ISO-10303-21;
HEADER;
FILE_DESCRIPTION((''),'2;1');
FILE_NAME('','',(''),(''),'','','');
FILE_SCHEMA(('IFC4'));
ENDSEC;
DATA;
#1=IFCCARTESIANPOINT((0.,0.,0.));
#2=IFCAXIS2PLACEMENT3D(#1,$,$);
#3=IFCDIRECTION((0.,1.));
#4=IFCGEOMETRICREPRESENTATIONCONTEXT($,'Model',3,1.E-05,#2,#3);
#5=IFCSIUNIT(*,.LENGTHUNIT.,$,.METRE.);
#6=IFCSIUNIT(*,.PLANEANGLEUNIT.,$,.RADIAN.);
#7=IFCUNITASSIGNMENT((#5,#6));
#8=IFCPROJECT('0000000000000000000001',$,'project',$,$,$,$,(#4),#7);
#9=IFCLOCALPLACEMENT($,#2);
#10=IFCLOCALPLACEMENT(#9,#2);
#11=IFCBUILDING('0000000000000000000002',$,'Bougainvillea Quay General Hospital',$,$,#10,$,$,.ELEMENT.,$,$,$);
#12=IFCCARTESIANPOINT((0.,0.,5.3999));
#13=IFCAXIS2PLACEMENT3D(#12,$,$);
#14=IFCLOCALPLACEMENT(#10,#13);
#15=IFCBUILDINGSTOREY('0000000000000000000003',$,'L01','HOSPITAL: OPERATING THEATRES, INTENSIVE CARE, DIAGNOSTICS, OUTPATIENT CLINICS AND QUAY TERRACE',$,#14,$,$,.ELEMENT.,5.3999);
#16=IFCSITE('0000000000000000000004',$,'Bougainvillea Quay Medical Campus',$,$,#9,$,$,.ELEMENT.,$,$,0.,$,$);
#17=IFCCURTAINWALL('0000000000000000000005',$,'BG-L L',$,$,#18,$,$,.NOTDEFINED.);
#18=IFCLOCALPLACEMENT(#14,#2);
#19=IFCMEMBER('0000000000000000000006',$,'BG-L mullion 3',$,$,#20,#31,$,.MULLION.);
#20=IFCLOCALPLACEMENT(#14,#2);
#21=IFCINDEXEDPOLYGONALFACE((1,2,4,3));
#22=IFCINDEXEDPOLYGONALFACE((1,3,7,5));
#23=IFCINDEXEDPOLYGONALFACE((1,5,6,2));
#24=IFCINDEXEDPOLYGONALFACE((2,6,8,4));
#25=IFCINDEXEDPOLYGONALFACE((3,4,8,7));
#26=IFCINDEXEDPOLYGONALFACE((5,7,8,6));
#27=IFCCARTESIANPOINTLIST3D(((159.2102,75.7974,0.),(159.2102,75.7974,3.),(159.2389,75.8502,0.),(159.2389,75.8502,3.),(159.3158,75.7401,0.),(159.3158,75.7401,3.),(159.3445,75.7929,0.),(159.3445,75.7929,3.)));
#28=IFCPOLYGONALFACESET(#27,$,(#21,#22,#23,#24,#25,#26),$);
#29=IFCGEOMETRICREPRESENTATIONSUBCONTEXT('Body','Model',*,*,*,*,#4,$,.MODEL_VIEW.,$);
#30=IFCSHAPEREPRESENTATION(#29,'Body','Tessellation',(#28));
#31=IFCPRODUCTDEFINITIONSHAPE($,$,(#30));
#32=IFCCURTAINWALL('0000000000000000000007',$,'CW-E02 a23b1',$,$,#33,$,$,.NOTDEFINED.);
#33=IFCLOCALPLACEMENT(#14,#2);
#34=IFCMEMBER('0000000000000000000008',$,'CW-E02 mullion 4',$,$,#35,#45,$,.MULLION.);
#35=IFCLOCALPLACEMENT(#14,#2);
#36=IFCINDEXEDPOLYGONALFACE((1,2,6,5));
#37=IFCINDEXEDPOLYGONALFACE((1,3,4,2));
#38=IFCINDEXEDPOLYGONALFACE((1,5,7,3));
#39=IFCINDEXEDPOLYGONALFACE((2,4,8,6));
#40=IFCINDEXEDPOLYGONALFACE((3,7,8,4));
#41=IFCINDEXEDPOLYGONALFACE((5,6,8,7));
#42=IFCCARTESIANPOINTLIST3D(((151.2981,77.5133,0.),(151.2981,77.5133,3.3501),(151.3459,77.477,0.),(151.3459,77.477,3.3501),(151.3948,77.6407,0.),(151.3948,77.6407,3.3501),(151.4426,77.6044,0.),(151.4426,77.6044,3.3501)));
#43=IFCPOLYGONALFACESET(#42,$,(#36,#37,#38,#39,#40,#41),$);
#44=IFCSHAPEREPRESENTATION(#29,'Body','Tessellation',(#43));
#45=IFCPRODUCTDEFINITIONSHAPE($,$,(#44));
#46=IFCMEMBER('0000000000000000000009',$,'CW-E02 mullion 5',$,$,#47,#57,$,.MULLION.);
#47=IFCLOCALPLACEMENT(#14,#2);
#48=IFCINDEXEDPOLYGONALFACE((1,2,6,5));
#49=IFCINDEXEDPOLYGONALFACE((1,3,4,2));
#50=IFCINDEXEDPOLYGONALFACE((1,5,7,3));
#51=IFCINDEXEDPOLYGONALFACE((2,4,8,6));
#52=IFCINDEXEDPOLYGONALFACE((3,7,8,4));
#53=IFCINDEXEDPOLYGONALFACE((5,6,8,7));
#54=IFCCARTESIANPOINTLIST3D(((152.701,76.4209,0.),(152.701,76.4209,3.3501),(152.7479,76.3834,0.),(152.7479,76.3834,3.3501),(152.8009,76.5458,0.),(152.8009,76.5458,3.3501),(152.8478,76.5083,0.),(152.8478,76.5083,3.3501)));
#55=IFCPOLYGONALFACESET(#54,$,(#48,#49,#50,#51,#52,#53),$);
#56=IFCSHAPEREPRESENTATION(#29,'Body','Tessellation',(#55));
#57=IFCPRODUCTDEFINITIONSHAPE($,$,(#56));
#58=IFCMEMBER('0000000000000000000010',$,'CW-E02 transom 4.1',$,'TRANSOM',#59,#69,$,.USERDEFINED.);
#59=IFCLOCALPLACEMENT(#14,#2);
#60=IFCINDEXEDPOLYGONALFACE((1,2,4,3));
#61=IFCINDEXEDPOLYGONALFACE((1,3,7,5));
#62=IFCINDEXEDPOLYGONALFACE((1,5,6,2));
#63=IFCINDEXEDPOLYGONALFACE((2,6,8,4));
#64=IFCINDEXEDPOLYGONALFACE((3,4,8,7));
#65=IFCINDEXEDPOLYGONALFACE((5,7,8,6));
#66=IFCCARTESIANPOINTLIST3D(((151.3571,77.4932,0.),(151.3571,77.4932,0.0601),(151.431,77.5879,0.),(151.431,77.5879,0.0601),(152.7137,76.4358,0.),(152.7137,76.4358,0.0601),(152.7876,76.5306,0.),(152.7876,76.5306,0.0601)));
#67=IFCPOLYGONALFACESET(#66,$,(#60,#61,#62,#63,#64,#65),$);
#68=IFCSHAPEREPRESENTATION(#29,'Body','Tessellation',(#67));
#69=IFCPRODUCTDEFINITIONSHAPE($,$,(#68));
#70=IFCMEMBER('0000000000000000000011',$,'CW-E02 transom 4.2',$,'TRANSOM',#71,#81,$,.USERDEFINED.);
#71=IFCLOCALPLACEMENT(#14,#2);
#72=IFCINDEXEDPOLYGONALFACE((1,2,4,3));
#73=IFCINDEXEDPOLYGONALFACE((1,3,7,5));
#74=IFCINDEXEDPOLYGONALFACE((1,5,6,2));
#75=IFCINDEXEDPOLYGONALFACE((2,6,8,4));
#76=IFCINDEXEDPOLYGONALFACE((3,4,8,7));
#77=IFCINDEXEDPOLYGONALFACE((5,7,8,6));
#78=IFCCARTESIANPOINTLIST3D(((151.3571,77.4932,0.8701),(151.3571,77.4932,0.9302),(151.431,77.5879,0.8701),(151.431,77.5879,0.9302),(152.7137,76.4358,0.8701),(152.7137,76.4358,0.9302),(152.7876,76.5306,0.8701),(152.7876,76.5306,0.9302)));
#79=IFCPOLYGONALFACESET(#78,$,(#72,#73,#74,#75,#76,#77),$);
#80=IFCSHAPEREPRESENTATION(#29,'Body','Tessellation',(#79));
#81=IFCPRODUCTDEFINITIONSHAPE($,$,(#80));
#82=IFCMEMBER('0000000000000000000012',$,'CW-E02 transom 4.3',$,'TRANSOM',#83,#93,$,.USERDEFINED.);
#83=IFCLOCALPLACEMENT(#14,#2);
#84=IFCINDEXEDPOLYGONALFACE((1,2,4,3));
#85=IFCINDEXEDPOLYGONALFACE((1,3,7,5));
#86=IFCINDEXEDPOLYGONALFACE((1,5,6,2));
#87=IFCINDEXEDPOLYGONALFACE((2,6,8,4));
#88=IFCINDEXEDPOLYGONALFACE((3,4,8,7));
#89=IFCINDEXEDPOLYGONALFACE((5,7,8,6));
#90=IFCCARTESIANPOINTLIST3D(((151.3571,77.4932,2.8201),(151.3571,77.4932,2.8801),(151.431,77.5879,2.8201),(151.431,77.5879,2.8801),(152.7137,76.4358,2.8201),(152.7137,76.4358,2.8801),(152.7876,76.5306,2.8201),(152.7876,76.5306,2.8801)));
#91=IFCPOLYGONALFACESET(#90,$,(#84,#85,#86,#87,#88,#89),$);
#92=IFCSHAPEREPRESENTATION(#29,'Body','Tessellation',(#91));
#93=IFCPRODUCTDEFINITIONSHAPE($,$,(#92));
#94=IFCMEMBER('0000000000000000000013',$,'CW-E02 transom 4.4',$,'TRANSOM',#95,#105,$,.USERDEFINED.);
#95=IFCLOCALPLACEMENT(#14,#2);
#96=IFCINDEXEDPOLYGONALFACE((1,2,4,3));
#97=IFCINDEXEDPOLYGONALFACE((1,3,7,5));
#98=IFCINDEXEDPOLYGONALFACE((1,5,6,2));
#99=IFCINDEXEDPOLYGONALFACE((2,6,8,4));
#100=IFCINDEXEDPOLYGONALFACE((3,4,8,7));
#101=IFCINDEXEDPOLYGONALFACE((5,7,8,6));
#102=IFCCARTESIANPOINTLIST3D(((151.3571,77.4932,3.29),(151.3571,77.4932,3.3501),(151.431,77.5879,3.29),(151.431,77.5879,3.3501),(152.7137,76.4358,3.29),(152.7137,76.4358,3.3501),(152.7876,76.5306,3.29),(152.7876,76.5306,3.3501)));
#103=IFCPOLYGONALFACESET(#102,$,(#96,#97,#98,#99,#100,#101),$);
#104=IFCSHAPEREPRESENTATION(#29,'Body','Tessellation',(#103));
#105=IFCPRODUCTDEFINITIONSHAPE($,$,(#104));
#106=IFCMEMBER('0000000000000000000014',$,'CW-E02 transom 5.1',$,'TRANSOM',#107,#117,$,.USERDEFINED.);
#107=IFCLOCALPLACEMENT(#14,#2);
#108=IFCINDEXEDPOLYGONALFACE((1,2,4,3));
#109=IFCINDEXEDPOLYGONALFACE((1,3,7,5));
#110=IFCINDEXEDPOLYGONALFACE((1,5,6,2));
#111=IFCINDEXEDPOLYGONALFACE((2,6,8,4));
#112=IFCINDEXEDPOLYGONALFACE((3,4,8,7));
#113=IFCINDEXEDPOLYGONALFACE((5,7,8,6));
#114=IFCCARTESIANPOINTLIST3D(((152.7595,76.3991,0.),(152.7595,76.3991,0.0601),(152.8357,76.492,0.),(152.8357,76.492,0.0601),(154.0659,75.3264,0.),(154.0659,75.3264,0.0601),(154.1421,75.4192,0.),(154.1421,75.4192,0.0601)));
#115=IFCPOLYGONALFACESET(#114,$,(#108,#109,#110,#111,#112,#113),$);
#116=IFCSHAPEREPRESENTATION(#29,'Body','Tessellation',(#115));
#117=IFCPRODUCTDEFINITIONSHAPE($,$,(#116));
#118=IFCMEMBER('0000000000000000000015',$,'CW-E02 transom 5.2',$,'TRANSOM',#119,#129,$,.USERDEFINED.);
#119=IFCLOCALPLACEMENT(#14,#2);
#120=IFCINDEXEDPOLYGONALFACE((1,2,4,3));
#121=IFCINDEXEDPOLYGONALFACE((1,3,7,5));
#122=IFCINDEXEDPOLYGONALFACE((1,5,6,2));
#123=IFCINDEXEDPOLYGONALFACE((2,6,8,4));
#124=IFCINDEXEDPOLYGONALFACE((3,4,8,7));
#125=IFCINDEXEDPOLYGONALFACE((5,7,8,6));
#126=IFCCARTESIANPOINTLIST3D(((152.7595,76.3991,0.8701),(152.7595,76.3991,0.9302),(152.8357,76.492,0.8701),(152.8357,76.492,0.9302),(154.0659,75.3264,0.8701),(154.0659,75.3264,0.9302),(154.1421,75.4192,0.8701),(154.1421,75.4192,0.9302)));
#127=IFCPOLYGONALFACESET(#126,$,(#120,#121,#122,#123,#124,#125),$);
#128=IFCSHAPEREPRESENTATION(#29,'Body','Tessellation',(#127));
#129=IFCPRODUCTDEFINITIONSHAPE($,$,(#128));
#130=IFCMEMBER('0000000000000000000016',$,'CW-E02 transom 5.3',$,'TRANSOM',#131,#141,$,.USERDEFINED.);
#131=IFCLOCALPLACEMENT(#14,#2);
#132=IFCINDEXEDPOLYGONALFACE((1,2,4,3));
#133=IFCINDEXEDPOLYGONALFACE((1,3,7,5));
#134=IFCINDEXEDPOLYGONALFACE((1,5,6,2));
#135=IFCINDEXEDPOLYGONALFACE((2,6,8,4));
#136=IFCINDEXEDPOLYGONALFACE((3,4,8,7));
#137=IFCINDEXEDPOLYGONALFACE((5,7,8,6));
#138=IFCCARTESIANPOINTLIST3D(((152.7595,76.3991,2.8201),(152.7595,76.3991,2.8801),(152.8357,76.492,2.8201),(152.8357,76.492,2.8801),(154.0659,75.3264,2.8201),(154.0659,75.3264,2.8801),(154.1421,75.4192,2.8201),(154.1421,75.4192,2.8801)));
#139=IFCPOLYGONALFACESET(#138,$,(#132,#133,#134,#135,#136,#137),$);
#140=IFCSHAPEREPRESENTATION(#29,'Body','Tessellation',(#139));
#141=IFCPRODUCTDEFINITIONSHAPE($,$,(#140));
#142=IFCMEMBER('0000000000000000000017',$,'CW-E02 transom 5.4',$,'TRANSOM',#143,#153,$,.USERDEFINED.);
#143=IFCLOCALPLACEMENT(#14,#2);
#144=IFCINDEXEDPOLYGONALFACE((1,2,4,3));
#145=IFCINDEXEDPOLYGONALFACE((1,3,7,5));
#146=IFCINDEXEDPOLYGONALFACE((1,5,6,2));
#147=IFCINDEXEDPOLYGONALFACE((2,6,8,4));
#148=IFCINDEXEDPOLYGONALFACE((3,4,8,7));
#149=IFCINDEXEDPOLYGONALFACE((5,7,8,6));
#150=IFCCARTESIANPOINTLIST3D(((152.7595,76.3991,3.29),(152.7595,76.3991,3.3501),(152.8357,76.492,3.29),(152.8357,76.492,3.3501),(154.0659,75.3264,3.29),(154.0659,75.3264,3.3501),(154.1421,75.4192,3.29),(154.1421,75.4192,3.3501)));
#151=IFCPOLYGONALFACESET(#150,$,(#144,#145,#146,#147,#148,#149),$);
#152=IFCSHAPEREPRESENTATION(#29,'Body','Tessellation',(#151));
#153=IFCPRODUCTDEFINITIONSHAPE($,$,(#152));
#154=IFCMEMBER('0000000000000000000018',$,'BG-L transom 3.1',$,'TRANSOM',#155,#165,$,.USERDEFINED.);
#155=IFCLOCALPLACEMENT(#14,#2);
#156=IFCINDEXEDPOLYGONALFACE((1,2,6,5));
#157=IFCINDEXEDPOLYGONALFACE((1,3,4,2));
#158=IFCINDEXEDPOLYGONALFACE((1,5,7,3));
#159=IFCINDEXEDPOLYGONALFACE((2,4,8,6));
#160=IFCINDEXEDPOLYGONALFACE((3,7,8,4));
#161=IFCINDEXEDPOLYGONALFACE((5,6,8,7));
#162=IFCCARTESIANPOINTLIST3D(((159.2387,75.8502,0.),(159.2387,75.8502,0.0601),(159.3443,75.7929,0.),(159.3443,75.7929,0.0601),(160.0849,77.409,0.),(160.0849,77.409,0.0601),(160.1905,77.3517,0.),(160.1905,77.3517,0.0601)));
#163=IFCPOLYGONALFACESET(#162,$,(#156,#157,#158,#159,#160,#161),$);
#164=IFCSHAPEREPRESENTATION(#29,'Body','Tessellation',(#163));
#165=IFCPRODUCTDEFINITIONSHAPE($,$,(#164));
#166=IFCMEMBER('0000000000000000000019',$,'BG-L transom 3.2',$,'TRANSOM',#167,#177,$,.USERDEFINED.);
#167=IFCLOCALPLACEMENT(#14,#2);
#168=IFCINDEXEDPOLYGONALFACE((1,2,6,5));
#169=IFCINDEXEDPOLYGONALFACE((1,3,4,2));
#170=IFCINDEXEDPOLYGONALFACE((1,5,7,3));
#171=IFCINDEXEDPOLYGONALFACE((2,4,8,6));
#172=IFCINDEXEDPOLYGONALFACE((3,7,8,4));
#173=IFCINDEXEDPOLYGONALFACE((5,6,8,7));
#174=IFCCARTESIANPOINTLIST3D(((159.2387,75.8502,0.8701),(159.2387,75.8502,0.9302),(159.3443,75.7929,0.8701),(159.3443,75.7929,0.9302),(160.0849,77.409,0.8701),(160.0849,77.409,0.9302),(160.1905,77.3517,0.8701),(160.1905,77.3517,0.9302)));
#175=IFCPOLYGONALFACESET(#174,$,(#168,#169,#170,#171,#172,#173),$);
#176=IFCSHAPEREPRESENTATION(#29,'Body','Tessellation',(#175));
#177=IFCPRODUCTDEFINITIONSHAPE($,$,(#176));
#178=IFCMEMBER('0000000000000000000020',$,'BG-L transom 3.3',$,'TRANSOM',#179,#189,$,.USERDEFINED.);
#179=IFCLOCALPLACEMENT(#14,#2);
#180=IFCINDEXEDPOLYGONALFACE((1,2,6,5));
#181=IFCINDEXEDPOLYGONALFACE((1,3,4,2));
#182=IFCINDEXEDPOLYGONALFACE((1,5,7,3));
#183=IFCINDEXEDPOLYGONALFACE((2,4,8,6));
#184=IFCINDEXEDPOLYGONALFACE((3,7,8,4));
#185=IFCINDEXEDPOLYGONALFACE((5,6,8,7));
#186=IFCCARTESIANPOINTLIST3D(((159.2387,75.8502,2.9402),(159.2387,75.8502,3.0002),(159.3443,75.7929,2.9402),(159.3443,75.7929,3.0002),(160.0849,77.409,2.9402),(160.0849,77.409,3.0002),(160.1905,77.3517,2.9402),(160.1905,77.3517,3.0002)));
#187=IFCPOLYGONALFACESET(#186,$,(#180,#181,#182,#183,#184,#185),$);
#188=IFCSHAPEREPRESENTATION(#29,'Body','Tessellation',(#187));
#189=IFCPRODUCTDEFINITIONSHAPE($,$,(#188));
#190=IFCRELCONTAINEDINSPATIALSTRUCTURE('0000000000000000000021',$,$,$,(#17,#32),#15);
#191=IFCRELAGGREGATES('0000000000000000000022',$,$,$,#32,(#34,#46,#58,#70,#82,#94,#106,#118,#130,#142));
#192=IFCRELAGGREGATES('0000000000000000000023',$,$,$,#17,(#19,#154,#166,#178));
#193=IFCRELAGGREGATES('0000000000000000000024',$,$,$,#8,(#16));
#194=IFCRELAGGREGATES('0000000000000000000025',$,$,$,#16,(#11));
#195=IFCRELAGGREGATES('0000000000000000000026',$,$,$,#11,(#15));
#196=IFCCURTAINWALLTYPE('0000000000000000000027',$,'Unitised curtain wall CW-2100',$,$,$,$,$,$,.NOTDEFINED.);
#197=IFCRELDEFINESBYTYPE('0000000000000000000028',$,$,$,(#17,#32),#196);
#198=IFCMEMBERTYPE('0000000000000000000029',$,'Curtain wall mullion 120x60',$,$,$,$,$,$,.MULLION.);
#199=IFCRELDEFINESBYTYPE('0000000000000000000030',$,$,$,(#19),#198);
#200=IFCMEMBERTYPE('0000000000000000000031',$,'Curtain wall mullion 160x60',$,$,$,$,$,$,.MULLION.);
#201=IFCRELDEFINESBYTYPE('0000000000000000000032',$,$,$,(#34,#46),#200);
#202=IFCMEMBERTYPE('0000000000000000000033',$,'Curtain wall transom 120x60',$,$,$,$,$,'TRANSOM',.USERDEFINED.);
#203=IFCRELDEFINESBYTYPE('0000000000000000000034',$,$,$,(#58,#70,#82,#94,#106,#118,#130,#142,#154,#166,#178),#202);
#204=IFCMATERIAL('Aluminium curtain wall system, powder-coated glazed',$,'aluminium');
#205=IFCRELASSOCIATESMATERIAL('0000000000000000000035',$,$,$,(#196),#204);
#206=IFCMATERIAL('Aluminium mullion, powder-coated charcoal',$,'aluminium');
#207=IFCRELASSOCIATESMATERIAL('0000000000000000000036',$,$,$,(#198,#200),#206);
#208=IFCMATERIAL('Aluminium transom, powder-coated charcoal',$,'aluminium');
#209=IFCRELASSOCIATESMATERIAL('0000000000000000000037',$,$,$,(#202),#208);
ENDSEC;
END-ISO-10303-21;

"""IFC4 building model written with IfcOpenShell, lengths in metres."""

from ifc_helpers import new_model, si_unit, direction, frame, origin, origin_2d, place, context, subcontext, project, spatial, rectangle, extrude, material, material_profile, profile_set, type_object, element, aggregate, save


model = new_model("IFC4")

# Units and contexts
model_context = context("Model", 3, precision=1e-05, world=origin(), true_north=direction((0.0, 1.0)))
body_context = subcontext(model_context, "Body", "Model", "MODEL_VIEW")
ifc_project = project(units=[si_unit("LENGTHUNIT", "METRE"), si_unit("PLANEANGLEUNIT", "RADIAN")], contexts=[model_context])

# Site, building, storey
site_placement = place(None, origin())
site = spatial("IfcSite", under=ifc_project, at=site_placement, Name="Bougainvillea Quay Medical Campus", CompositionType="ELEMENT", RefElevation=0.0)
building_placement = place(site_placement, origin())
building = spatial("IfcBuilding", under=site, at=building_placement, Name="Bougainvillea Quay General Hospital", CompositionType="ELEMENT")
storey_placement = place(building_placement, frame((0.0, 0.0, 5.3999)))
storey = spatial("IfcBuildingStorey", under=building, at=storey_placement, Name="L01", Description="HOSPITAL: OPERATING THEATRES, INTENSIVE CARE, DIAGNOSTICS, OUTPATIENT CLINICS AND QUAY TERRACE", CompositionType="ELEMENT", Elevation=5.3999)

# Curtain wall, member
ifc_material_1 = material(Name="Aluminium curtain wall system, powder-coated glazed", Category="aluminium")
curtain_wall_type = type_object("IfcCurtainWallType", Name="Unitised curtain wall CW-2100", PredefinedType="NOTDEFINED", material=ifc_material_1)
curtain_wall_1_placement = place(storey_placement, origin())
curtain_wall_1 = element("IfcCurtainWall", 1, at=curtain_wall_1_placement, inside=storey, type_object=curtain_wall_type, Name="BG-L L", PredefinedType="NOTDEFINED")
ifc_material_2 = material(Name="Aluminium mullion, powder-coated charcoal", Category="aluminium")
ifc_material_profile_1 = material_profile(ifc_material_2, rectangle(XDim=0.1201, YDim=0.0601, at=origin_2d()))
ifc_profile_set_1 = profile_set([ifc_material_profile_1], Name="Aluminium mullion, powder-coated charcoal")
member_type_1 = type_object("IfcMemberType", Name="Curtain wall mullion 120x60", PredefinedType="MULLION", material=ifc_profile_set_1)
member_1_placement = place(storey_placement, frame((159.2773, 75.7952, 0.0), z_axis=(0.0, 0.0, 1.0), x_axis=(-0.878894, 0.477017, 0.0)))
member_1 = element("IfcMember", 2, at=member_1_placement, type_object=member_type_1, Name="BG-L mullion 3", PredefinedType="MULLION", context=body_context, shape_type="SweptSolid", body=[
    extrude(rectangle(XDim=0.1201, YDim=0.0601, at=origin_2d()), origin(), (0.0, 0.0, 1.0), 3.0),
])

# Curtain wall, members
curtain_wall_2_placement = place(storey_placement, origin())
curtain_wall_2 = element("IfcCurtainWall", 3, at=curtain_wall_2_placement, inside=storey, type_object=curtain_wall_type, Name="CW-E02 a23b1", PredefinedType="NOTDEFINED")
ifc_material_profile_2 = material_profile(ifc_material_2, rectangle(XDim=0.1599, YDim=0.0601, at=origin_2d()))
ifc_profile_set_2 = profile_set([ifc_material_profile_2], Name="Aluminium mullion, powder-coated charcoal")
member_type_2 = type_object("IfcMemberType", Name="Curtain wall mullion 160x60", PredefinedType="MULLION", material=ifc_profile_set_2)
member_2_placement = place(storey_placement, frame((151.3704, 77.5588, 0.0), z_axis=(0.0, 0.0, 1.0), x_axis=(0.604588, 0.796538, 0.0)))
member_2 = element("IfcMember", 4, at=member_2_placement, type_object=member_type_2, Name="CW-E02 mullion 4", PredefinedType="MULLION", context=body_context, shape_type="SweptSolid", body=[
    extrude(rectangle(XDim=0.1599, YDim=0.0601, at=origin_2d()), origin(), (0.0, 0.0, 1.0), 3.3501),
])
member_3_placement = place(storey_placement, frame((152.7744, 76.4646, 0.0), z_axis=(0.0, 0.0, 1.0), x_axis=(0.624719, 0.780849, 0.0)))
member_3 = element("IfcMember", 5, at=member_3_placement, type_object=member_type_2, Name="CW-E02 mullion 5", PredefinedType="MULLION", context=body_context, shape_type="SweptSolid", body=[
    extrude(rectangle(XDim=0.1599, YDim=0.0601, at=origin_2d()), origin(), (0.0, 0.0, 1.0), 3.3501),
])
ifc_material_3 = material(Name="Aluminium transom, powder-coated charcoal", Category="aluminium")
ifc_material_profile_3 = material_profile(ifc_material_3, rectangle(XDim=0.1201, YDim=0.0601, at=origin_2d()))
ifc_profile_set_3 = profile_set([ifc_material_profile_3], Name="Aluminium transom, powder-coated charcoal")
member_type_3 = type_object("IfcMemberType", Name="Curtain wall transom 120x60", ElementType="TRANSOM", PredefinedType="USERDEFINED", material=ifc_profile_set_3)
member_4_placement = place(storey_placement, frame((151.394, 77.5405, 0.03), z_axis=(0.78874, -0.614726, 0.0), x_axis=(0.614726, 0.78874, 0.0)))
member_4 = element("IfcMember", 6, at=member_4_placement, type_object=member_type_3, Name="CW-E02 transom 4.1", ObjectType="TRANSOM", PredefinedType="USERDEFINED", context=body_context, shape_type="SweptSolid", body=[
    extrude(rectangle(XDim=0.1201, YDim=0.0601, at=origin_2d()), origin(), (0.0, 0.0, 1.0), 1.72),
])
member_5_placement = place(storey_placement, frame((151.394, 77.5405, 0.9001), z_axis=(0.78874, -0.614726, 0.0), x_axis=(0.614726, 0.78874, 0.0)))
member_5 = element("IfcMember", 7, at=member_5_placement, type_object=member_type_3, Name="CW-E02 transom 4.2", ObjectType="TRANSOM", PredefinedType="USERDEFINED", context=body_context, shape_type="SweptSolid", body=[
    extrude(rectangle(XDim=0.1201, YDim=0.0601, at=origin_2d()), origin(), (0.0, 0.0, 1.0), 1.72),
])
member_6_placement = place(storey_placement, frame((151.394, 77.5405, 2.8501), z_axis=(0.78874, -0.614726, 0.0), x_axis=(0.614726, 0.78874, 0.0)))
member_6 = element("IfcMember", 8, at=member_6_placement, type_object=member_type_3, Name="CW-E02 transom 4.3", ObjectType="TRANSOM", PredefinedType="USERDEFINED", context=body_context, shape_type="SweptSolid", body=[
    extrude(rectangle(XDim=0.1201, YDim=0.0601, at=origin_2d()), origin(), (0.0, 0.0, 1.0), 1.72),
])
member_7_placement = place(storey_placement, frame((151.394, 77.5405, 3.3201), z_axis=(0.78874, -0.614726, 0.0), x_axis=(0.614726, 0.78874, 0.0)))
member_7 = element("IfcMember", 9, at=member_7_placement, type_object=member_type_3, Name="CW-E02 transom 4.4", ObjectType="TRANSOM", PredefinedType="USERDEFINED", context=body_context, shape_type="SweptSolid", body=[
    extrude(rectangle(XDim=0.1201, YDim=0.0601, at=origin_2d()), origin(), (0.0, 0.0, 1.0), 1.72),
])
member_8_placement = place(storey_placement, frame((152.7976, 76.4456, 0.03), z_axis=(0.77283, -0.634613, 0.0), x_axis=(0.634613, 0.77283, 0.0)))
member_8 = element("IfcMember", 10, at=member_8_placement, type_object=member_type_3, Name="CW-E02 transom 5.1", ObjectType="TRANSOM", PredefinedType="USERDEFINED", context=body_context, shape_type="SweptSolid", body=[
    extrude(rectangle(XDim=0.1201, YDim=0.0601, at=origin_2d()), origin(), (0.0, 0.0, 1.0), 1.6904),
])
member_9_placement = place(storey_placement, frame((152.7976, 76.4456, 0.9001), z_axis=(0.77283, -0.634613, 0.0), x_axis=(0.634613, 0.77283, 0.0)))
member_9 = element("IfcMember", 11, at=member_9_placement, type_object=member_type_3, Name="CW-E02 transom 5.2", ObjectType="TRANSOM", PredefinedType="USERDEFINED", context=body_context, shape_type="SweptSolid", body=[
    extrude(rectangle(XDim=0.1201, YDim=0.0601, at=origin_2d()), origin(), (0.0, 0.0, 1.0), 1.6904),
])
member_10_placement = place(storey_placement, frame((152.7976, 76.4456, 2.8501), z_axis=(0.77283, -0.634613, 0.0), x_axis=(0.634613, 0.77283, 0.0)))
member_10 = element("IfcMember", 12, at=member_10_placement, type_object=member_type_3, Name="CW-E02 transom 5.3", ObjectType="TRANSOM", PredefinedType="USERDEFINED", context=body_context, shape_type="SweptSolid", body=[
    extrude(rectangle(XDim=0.1201, YDim=0.0601, at=origin_2d()), origin(), (0.0, 0.0, 1.0), 1.6904),
])
member_11_placement = place(storey_placement, frame((152.7976, 76.4456, 3.3201), z_axis=(0.77283, -0.634613, 0.0), x_axis=(0.634613, 0.77283, 0.0)))
member_11 = element("IfcMember", 13, at=member_11_placement, type_object=member_type_3, Name="CW-E02 transom 5.4", ObjectType="TRANSOM", PredefinedType="USERDEFINED", context=body_context, shape_type="SweptSolid", body=[
    extrude(rectangle(XDim=0.1201, YDim=0.0601, at=origin_2d()), origin(), (0.0, 0.0, 1.0), 1.6904),
])

# Members
member_12_placement = place(storey_placement, frame((159.2915, 75.8215, 0.03), z_axis=(0.477077, 0.878862, 0.0), x_axis=(-0.878862, 0.477077, 0.0)))
member_12 = element("IfcMember", 14, at=member_12_placement, type_object=member_type_3, Name="BG-L transom 3.1", ObjectType="TRANSOM", PredefinedType="USERDEFINED", context=body_context, shape_type="SweptSolid", body=[
    extrude(rectangle(XDim=0.1201, YDim=0.0601, at=origin_2d()), origin(), (0.0, 0.0, 1.0), 1.7737),
])
member_13_placement = place(storey_placement, frame((159.2915, 75.8215, 0.9001), z_axis=(0.477077, 0.878862, 0.0), x_axis=(-0.878862, 0.477077, 0.0)))
member_13 = element("IfcMember", 15, at=member_13_placement, type_object=member_type_3, Name="BG-L transom 3.2", ObjectType="TRANSOM", PredefinedType="USERDEFINED", context=body_context, shape_type="SweptSolid", body=[
    extrude(rectangle(XDim=0.1201, YDim=0.0601, at=origin_2d()), origin(), (0.0, 0.0, 1.0), 1.7737),
])
member_14_placement = place(storey_placement, frame((159.2915, 75.8215, 2.9702), z_axis=(0.477077, 0.878862, 0.0), x_axis=(-0.878862, 0.477077, 0.0)))
member_14 = element("IfcMember", 16, at=member_14_placement, type_object=member_type_3, Name="BG-L transom 3.3", ObjectType="TRANSOM", PredefinedType="USERDEFINED", context=body_context, shape_type="SweptSolid", body=[
    extrude(rectangle(XDim=0.1201, YDim=0.0601, at=origin_2d()), origin(), (0.0, 0.0, 1.0), 1.7737),
])

aggregate(curtain_wall_2, [member_2, member_3, member_4, member_5, member_6, member_7, member_8, member_9, member_10, member_11])
aggregate(curtain_wall_1, [member_1, member_12, member_13, member_14])

save(model, "model.ifc")
